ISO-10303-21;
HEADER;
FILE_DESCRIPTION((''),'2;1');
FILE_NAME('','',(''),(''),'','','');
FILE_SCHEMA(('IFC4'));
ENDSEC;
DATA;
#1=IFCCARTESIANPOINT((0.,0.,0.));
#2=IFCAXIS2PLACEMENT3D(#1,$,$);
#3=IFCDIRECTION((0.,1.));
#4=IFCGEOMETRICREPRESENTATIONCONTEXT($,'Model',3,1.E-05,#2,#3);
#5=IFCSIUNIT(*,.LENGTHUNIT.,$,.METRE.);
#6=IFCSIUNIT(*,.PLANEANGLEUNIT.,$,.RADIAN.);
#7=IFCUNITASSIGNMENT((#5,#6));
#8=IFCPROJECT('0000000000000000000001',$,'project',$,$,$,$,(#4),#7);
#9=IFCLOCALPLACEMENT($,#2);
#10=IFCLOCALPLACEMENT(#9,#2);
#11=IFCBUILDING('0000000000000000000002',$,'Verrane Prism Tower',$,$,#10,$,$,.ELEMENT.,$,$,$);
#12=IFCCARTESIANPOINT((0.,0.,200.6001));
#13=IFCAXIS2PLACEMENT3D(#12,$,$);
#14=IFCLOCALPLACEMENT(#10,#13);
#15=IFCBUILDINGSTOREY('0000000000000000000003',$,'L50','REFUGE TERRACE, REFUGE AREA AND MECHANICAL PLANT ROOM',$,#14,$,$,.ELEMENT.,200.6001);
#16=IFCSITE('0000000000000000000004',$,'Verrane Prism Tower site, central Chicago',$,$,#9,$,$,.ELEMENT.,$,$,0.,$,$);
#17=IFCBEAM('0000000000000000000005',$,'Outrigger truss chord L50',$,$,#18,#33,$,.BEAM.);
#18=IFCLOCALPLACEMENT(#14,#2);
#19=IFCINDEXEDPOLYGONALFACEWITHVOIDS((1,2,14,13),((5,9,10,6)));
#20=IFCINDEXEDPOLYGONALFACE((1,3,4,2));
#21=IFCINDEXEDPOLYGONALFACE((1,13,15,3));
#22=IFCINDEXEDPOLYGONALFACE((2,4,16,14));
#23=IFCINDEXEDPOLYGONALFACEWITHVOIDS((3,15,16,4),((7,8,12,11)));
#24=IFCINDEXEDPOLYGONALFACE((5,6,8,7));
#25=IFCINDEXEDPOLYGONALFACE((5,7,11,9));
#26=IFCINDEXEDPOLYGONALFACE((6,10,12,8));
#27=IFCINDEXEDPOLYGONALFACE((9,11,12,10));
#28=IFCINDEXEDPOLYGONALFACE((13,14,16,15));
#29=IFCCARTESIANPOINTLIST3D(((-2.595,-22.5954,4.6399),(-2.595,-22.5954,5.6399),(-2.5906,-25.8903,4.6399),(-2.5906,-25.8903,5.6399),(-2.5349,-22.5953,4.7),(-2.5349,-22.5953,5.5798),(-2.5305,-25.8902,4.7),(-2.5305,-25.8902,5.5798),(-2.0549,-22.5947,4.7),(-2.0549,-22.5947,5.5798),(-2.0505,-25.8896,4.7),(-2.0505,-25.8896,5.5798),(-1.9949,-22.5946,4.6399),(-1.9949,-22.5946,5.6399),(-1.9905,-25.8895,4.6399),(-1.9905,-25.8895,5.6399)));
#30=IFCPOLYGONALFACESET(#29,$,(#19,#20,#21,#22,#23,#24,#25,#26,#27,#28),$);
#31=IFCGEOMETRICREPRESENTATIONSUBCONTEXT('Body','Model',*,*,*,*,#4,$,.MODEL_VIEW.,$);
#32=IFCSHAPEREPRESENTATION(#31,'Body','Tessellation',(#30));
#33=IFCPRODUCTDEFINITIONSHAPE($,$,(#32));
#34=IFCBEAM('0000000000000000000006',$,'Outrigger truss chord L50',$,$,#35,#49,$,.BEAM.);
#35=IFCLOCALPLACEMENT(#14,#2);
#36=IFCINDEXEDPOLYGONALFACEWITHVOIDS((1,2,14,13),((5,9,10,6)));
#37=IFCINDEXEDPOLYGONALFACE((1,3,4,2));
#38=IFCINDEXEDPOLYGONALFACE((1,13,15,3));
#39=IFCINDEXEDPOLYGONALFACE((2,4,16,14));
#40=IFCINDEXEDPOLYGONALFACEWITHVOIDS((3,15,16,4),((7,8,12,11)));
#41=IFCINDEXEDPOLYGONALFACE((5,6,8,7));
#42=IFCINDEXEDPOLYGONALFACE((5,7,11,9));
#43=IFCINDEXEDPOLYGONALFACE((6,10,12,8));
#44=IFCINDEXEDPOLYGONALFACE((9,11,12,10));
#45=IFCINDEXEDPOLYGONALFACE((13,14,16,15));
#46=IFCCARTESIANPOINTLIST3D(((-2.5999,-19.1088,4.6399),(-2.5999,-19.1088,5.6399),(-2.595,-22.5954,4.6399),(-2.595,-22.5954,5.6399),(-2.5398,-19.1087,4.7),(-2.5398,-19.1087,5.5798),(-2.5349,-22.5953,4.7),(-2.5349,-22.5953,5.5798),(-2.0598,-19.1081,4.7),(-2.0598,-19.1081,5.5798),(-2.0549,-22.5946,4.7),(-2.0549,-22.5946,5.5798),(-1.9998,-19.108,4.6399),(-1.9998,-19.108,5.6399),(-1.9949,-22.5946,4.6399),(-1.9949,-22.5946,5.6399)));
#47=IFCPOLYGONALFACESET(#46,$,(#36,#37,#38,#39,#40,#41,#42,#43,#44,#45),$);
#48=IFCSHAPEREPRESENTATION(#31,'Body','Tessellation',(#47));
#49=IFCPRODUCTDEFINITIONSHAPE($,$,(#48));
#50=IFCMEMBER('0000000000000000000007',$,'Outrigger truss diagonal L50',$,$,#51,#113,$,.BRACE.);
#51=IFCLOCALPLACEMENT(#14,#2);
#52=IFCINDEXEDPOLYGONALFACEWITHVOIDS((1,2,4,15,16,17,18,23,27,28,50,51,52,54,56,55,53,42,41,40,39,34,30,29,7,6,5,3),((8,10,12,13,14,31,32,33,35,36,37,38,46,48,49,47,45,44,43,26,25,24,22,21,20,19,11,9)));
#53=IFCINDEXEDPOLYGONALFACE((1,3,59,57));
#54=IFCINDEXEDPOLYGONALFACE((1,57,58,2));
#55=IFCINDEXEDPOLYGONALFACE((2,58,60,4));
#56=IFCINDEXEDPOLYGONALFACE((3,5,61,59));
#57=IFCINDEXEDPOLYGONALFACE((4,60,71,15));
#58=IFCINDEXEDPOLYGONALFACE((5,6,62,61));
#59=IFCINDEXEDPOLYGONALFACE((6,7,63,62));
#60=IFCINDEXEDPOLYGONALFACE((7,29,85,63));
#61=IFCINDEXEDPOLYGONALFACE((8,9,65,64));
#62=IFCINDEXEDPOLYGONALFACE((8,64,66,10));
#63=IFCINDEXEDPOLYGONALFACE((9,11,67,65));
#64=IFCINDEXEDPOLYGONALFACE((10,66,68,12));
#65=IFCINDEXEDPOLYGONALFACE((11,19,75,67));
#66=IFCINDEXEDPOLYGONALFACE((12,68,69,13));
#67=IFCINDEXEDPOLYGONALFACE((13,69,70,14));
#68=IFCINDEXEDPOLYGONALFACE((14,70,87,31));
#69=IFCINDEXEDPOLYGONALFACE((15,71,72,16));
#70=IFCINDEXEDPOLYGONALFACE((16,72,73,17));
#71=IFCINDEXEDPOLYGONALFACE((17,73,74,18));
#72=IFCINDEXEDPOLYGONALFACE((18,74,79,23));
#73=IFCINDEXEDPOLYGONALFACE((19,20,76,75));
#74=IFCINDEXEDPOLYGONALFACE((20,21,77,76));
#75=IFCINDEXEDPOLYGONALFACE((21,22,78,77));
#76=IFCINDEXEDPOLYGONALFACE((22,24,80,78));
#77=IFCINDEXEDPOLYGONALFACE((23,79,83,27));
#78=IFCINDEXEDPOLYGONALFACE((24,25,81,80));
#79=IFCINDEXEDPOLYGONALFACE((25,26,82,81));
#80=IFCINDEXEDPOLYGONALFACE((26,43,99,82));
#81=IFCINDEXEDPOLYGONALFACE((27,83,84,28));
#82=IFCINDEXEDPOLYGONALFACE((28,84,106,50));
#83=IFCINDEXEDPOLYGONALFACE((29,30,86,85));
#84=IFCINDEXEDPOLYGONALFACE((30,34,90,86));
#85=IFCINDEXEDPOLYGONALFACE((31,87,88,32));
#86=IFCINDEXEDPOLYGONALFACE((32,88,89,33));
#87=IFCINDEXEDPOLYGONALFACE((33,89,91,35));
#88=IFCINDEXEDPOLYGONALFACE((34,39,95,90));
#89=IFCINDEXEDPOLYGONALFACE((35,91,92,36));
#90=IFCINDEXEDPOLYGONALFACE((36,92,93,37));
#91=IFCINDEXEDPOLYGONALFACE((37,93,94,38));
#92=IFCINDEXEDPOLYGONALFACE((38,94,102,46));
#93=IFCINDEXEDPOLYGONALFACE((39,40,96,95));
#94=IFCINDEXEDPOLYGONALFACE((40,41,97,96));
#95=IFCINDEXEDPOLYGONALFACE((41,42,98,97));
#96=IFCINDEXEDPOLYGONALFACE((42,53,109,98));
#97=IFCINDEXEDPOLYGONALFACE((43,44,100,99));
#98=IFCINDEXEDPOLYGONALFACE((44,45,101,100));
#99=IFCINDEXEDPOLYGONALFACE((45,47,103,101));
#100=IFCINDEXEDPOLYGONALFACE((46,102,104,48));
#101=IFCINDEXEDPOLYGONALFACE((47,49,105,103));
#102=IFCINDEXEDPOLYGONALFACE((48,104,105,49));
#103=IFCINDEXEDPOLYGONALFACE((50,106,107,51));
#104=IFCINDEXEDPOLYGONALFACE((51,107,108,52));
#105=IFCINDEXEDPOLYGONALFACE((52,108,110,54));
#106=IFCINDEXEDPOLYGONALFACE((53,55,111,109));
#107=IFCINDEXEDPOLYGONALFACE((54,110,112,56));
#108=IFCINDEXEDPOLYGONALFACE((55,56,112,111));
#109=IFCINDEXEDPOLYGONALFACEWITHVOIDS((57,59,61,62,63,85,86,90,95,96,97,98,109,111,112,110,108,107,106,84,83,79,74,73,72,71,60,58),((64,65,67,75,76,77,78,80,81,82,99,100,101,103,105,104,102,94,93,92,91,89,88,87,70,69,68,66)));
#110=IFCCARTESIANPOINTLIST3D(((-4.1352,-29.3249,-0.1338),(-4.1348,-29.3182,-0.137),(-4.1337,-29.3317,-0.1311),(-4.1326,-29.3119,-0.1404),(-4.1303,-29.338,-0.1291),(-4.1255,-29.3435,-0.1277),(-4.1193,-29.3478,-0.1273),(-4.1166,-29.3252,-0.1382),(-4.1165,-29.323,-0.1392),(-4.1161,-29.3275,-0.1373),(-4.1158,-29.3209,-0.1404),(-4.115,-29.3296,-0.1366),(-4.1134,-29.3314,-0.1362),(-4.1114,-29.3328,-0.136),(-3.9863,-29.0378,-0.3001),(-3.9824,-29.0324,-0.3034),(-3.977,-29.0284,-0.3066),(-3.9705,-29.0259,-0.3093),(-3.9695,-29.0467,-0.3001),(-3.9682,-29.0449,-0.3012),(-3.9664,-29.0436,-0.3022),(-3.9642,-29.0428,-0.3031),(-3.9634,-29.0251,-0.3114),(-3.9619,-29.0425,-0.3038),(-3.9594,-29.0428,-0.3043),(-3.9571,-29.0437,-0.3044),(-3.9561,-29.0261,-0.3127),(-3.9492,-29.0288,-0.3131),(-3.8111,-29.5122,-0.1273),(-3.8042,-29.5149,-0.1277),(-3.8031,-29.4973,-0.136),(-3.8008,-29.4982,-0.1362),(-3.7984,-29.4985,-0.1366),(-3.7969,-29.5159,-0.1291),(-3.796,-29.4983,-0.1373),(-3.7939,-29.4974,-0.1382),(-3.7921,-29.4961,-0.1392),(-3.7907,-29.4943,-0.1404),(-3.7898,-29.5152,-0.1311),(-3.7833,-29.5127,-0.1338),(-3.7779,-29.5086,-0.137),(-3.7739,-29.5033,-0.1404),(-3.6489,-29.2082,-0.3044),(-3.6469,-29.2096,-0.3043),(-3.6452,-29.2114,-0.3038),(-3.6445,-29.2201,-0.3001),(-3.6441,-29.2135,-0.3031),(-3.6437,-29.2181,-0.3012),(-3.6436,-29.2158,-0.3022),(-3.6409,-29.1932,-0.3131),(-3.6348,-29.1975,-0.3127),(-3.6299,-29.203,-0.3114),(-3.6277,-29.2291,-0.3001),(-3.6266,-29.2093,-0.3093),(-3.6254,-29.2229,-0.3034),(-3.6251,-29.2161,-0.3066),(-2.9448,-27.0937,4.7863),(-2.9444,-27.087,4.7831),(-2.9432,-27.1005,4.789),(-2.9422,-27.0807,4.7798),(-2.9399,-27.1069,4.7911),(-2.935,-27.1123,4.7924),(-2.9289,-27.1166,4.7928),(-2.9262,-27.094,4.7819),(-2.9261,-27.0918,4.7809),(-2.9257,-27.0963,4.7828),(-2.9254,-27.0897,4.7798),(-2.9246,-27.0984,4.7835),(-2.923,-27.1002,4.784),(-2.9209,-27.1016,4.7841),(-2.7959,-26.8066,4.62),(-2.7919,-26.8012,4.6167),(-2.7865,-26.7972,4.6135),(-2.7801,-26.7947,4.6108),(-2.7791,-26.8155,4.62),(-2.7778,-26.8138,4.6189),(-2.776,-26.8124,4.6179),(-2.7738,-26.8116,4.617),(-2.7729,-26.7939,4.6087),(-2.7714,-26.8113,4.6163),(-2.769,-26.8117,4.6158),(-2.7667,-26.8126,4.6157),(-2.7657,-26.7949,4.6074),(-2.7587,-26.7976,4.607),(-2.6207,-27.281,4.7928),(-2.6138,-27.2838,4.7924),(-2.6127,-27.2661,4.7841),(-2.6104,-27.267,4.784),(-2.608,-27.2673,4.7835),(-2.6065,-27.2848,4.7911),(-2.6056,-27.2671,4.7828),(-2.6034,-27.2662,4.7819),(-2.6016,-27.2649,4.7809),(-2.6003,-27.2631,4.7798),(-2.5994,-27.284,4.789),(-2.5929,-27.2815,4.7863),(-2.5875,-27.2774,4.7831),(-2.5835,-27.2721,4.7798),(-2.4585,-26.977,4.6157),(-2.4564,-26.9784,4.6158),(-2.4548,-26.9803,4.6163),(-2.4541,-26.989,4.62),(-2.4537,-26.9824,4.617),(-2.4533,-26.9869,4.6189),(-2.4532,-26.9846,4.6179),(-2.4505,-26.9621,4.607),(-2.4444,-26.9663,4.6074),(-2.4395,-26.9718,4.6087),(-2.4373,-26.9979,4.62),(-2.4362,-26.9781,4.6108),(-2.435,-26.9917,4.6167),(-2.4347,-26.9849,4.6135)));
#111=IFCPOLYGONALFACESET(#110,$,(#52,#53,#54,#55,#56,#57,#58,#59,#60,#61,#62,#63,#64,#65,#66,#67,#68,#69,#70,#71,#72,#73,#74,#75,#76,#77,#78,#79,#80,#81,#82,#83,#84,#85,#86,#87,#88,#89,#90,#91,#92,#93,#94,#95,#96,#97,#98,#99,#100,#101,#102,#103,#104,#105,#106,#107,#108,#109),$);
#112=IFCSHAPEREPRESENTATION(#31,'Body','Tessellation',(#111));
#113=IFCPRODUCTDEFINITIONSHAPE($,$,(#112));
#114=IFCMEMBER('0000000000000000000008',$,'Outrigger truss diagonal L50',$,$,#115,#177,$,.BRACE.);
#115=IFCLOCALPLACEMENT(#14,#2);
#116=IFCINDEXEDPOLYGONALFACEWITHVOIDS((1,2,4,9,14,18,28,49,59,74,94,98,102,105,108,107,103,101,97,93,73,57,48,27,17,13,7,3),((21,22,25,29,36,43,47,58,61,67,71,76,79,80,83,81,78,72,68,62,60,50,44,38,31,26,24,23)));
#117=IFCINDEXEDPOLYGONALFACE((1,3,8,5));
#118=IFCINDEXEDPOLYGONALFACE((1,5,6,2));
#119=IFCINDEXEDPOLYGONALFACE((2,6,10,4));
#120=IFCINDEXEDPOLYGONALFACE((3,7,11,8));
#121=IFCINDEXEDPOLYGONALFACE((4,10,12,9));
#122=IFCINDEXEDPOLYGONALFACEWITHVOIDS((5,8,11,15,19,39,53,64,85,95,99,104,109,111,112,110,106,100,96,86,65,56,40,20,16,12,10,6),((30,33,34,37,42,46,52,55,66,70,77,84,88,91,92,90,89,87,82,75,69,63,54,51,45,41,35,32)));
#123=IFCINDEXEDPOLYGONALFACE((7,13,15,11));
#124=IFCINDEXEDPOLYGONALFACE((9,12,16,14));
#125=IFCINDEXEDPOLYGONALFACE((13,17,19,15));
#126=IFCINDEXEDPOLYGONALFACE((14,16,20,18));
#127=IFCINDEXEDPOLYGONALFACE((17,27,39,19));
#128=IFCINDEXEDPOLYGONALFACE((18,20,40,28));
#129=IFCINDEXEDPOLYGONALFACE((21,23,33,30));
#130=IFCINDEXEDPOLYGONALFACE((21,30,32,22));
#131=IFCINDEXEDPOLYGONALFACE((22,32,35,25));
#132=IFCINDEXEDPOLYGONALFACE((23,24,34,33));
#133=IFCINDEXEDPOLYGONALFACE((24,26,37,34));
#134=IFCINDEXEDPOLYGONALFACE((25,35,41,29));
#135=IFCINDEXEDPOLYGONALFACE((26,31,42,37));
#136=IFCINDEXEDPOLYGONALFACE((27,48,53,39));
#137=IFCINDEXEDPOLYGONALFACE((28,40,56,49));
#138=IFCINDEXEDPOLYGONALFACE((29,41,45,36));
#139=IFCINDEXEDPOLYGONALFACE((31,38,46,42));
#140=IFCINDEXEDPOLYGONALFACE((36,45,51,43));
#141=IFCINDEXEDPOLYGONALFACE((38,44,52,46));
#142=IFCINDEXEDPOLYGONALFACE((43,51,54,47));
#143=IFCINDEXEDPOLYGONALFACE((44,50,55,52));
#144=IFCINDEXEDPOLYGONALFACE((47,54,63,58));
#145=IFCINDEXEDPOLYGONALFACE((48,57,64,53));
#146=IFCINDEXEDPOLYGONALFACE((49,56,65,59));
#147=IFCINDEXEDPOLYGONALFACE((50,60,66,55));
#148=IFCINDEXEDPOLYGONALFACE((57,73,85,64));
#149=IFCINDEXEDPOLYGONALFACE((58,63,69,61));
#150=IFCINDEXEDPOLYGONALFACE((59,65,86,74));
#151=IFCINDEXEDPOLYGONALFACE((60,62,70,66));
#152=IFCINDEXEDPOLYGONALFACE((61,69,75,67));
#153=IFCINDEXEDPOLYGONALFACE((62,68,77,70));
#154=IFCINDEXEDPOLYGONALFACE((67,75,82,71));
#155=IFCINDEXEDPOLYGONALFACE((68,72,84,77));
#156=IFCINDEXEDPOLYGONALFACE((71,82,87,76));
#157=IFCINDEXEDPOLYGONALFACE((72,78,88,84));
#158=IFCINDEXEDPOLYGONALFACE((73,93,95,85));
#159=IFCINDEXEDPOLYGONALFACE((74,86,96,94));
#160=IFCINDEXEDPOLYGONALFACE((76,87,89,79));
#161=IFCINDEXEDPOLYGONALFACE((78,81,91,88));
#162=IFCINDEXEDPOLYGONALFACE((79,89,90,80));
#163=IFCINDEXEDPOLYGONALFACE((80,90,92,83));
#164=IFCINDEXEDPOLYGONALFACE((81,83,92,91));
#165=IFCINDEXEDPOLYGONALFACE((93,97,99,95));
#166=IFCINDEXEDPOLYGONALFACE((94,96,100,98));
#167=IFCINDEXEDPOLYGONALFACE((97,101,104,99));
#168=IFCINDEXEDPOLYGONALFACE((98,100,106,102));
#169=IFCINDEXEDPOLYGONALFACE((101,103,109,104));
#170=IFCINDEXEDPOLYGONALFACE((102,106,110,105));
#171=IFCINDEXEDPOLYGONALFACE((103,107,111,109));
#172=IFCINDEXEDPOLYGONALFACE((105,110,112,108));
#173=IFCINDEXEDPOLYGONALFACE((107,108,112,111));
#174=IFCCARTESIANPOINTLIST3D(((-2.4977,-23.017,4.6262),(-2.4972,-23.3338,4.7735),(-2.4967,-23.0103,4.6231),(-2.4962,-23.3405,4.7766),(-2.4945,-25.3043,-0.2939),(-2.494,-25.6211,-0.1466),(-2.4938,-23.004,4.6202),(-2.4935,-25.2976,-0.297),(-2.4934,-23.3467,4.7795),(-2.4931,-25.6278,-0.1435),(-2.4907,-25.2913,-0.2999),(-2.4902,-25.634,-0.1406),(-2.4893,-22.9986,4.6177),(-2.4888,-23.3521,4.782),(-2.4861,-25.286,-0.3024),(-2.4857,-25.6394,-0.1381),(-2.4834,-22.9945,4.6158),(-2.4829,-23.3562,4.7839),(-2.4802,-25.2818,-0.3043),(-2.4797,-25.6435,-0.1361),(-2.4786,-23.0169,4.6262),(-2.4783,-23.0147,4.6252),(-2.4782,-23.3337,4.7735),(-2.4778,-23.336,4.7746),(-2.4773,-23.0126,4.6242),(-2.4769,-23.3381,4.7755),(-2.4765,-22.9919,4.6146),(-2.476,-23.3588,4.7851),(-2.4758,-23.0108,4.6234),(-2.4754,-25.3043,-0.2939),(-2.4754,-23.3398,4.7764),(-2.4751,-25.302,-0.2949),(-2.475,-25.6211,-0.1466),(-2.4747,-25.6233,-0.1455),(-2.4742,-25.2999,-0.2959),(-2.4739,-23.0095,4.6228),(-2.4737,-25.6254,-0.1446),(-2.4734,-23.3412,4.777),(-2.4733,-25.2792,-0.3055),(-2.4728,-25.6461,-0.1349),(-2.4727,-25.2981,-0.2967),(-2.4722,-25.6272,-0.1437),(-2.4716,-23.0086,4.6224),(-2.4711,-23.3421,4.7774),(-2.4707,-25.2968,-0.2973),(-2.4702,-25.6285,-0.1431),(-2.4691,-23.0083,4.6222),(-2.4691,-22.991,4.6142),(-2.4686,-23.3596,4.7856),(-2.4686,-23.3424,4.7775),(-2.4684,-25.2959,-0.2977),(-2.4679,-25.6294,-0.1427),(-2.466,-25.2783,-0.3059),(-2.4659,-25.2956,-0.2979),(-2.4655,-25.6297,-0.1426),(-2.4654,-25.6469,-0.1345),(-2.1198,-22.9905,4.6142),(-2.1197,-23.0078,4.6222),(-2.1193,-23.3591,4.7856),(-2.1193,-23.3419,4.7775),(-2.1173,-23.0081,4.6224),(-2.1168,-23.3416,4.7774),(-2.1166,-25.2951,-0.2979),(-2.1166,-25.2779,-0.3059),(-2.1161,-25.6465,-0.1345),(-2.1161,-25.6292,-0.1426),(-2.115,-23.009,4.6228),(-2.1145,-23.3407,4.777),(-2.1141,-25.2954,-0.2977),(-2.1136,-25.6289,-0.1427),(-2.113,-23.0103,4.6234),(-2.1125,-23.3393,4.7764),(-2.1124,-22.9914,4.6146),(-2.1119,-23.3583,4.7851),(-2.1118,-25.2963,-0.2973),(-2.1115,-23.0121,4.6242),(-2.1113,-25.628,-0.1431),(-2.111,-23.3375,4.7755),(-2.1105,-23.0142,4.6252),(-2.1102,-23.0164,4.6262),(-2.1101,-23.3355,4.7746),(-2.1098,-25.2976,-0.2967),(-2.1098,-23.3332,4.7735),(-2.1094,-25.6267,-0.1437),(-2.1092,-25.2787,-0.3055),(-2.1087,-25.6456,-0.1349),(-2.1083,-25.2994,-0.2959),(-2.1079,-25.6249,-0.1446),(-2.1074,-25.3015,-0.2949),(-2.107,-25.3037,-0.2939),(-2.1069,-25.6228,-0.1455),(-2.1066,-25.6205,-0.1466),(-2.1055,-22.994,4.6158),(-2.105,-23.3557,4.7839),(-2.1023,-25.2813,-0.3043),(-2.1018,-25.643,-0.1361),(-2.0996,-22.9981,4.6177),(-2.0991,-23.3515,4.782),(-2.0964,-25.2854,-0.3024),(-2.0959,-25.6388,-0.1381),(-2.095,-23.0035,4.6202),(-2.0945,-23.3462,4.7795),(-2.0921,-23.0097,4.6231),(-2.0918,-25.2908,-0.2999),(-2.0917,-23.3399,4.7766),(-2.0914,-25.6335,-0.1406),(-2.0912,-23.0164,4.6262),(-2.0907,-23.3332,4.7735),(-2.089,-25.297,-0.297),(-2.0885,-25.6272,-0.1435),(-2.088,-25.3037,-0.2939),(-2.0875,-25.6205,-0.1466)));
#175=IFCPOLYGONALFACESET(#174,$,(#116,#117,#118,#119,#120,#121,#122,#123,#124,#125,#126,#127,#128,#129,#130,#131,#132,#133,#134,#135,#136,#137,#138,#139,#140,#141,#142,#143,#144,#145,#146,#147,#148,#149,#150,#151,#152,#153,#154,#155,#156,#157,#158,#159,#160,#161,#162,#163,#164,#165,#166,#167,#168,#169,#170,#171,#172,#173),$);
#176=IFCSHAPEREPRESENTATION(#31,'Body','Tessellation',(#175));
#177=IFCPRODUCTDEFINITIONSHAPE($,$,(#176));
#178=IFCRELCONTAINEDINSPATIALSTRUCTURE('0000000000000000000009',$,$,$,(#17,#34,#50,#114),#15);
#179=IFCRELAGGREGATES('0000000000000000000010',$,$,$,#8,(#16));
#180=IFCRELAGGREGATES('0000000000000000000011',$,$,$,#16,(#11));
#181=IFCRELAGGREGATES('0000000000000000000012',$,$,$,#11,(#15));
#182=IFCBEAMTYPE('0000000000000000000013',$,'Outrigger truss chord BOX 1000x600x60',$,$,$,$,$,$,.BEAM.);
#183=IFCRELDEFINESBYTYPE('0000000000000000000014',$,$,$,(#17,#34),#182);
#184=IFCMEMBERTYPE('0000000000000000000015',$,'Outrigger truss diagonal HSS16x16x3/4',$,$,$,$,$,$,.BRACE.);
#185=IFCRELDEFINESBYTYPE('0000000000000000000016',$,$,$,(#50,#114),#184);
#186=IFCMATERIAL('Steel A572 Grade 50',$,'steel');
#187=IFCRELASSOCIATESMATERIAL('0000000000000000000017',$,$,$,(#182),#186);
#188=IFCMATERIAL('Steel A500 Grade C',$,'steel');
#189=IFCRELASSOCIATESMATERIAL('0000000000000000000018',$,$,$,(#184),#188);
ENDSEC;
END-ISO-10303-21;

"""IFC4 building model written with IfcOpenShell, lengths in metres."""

from ifc_helpers import new_model, si_unit, direction, frame, origin, origin_2d, place, context, subcontext, project, spatial, hollow_rectangle, extrude, material, material_profile, profile_set, type_object, element, save


model = new_model("IFC4")

# Units and contexts
model_context = context("Model", 3, precision=1e-05, world=origin(), true_north=direction((0.0, 1.0)))
body_context = subcontext(model_context, "Body", "Model", "MODEL_VIEW")
ifc_project = project(units=[si_unit("LENGTHUNIT", "METRE"), si_unit("PLANEANGLEUNIT", "RADIAN")], contexts=[model_context])

# Site, building, storey
site_placement = place(None, origin())
site = spatial("IfcSite", under=ifc_project, at=site_placement, Name="Verrane Prism Tower site, central Chicago", CompositionType="ELEMENT", RefElevation=0.0)
building_placement = place(site_placement, origin())
building = spatial("IfcBuilding", under=site, at=building_placement, Name="Verrane Prism Tower", CompositionType="ELEMENT")
storey_placement = place(building_placement, frame((0.0, 0.0, 200.6001)))
storey = spatial("IfcBuildingStorey", under=building, at=storey_placement, Name="L50", Description="REFUGE TERRACE, REFUGE AREA AND MECHANICAL PLANT ROOM", CompositionType="ELEMENT", Elevation=200.6001)

# Beams
ifc_material_1 = material(Name="Steel A572 Grade 50", Category="steel")
ifc_material_profile_1 = material_profile(ifc_material_1, hollow_rectangle(XDim=0.6001, YDim=1.0, WallThickness=0.0601, at=origin_2d()), Name="BOX 1000x600x60")
ifc_profile_set_1 = profile_set([ifc_material_profile_1], Name="Steel A572 Grade 50")
beam_type_1 = type_object("IfcBeamType", Name="Outrigger truss chord BOX 1000x600x60", PredefinedType="BEAM", material=ifc_profile_set_1)
beam_1_placement = place(storey_placement, frame((-2.2905, -25.8899, 5.1399), z_axis=(-0.001334, 0.999999, 0.0), x_axis=(-0.999999, -0.001334, 0.0)))
element("IfcBeam", 1, at=beam_1_placement, inside=storey, type_object=beam_type_1, Name="Outrigger truss chord L50", PredefinedType="BEAM", context=body_context, shape_type="SweptSolid", body=[
    extrude(hollow_rectangle(XDim=0.6001, YDim=1.0, WallThickness=0.0601, at=origin_2d()), origin(), (0.0, 0.0, 1.0), 3.2949),
])
beam_2_placement = place(storey_placement, frame((-2.2949, -22.595, 5.1399), z_axis=(-0.0014, 0.999999, 0.0), x_axis=(-0.999999, -0.0014, 0.0)))
element("IfcBeam", 2, at=beam_2_placement, inside=storey, type_object=beam_type_1, Name="Outrigger truss chord L50", PredefinedType="BEAM", context=body_context, shape_type="SweptSolid", body=[
    extrude(hollow_rectangle(XDim=0.6001, YDim=1.0, WallThickness=0.0601, at=origin_2d()), origin(), (0.0, 0.0, 1.0), 3.4866),
])

# Members
ifc_material_2 = material(Name="Steel A500 Grade C", Category="steel")
ifc_material_profile_2 = material_profile(ifc_material_2, hollow_rectangle(XDim=0.4065, YDim=0.4065, WallThickness=0.019, InnerFilletRadius=0.0095, OuterFilletRadius=0.0286, at=origin_2d()), Name="HSS16x16x3/4")
ifc_profile_set_2 = profile_set([ifc_material_profile_2], Name="Steel A500 Grade C")
member_type_1 = type_object("IfcMemberType", Name="Outrigger truss diagonal HSS16x16x3/4", PredefinedType="BRACE", material=ifc_profile_set_2)
member_1_placement = place(storey_placement, frame((-3.8801, -29.2705, -0.2202), z_axis=(0.215188, 0.403324, 0.889395), x_axis=(-0.882278, 0.470729, 0.0)))
element("IfcMember", 3, at=member_1_placement, inside=storey, type_object=member_type_1, Name="Outrigger truss diagonal L50", PredefinedType="BRACE", context=body_context, shape_type="SweptSolid", body=[
    extrude(hollow_rectangle(XDim=0.4065, YDim=0.4065, WallThickness=0.019, InnerFilletRadius=0.0095, OuterFilletRadius=0.0286, at=origin_2d()), origin(), (0.0, 0.0, 1.0), 5.532),
])
member_2_placement = place(storey_placement, frame((-2.291, -25.4624, -0.2202), z_axis=(-0.000585, 0.421565, 0.906798), x_axis=(-0.999999, -0.001388, 0.0)))
element("IfcMember", 4, at=member_2_placement, inside=storey, type_object=member_type_1, Name="Outrigger truss diagonal L50", PredefinedType="BRACE", context=body_context, shape_type="SweptSolid", body=[
    extrude(hollow_rectangle(XDim=0.4065, YDim=0.4065, WallThickness=0.019, InnerFilletRadius=0.0095, OuterFilletRadius=0.0286, at=origin_2d()), origin(), (0.0, 0.0, 1.0), 5.4258),
])

save(model, "model.ifc")
